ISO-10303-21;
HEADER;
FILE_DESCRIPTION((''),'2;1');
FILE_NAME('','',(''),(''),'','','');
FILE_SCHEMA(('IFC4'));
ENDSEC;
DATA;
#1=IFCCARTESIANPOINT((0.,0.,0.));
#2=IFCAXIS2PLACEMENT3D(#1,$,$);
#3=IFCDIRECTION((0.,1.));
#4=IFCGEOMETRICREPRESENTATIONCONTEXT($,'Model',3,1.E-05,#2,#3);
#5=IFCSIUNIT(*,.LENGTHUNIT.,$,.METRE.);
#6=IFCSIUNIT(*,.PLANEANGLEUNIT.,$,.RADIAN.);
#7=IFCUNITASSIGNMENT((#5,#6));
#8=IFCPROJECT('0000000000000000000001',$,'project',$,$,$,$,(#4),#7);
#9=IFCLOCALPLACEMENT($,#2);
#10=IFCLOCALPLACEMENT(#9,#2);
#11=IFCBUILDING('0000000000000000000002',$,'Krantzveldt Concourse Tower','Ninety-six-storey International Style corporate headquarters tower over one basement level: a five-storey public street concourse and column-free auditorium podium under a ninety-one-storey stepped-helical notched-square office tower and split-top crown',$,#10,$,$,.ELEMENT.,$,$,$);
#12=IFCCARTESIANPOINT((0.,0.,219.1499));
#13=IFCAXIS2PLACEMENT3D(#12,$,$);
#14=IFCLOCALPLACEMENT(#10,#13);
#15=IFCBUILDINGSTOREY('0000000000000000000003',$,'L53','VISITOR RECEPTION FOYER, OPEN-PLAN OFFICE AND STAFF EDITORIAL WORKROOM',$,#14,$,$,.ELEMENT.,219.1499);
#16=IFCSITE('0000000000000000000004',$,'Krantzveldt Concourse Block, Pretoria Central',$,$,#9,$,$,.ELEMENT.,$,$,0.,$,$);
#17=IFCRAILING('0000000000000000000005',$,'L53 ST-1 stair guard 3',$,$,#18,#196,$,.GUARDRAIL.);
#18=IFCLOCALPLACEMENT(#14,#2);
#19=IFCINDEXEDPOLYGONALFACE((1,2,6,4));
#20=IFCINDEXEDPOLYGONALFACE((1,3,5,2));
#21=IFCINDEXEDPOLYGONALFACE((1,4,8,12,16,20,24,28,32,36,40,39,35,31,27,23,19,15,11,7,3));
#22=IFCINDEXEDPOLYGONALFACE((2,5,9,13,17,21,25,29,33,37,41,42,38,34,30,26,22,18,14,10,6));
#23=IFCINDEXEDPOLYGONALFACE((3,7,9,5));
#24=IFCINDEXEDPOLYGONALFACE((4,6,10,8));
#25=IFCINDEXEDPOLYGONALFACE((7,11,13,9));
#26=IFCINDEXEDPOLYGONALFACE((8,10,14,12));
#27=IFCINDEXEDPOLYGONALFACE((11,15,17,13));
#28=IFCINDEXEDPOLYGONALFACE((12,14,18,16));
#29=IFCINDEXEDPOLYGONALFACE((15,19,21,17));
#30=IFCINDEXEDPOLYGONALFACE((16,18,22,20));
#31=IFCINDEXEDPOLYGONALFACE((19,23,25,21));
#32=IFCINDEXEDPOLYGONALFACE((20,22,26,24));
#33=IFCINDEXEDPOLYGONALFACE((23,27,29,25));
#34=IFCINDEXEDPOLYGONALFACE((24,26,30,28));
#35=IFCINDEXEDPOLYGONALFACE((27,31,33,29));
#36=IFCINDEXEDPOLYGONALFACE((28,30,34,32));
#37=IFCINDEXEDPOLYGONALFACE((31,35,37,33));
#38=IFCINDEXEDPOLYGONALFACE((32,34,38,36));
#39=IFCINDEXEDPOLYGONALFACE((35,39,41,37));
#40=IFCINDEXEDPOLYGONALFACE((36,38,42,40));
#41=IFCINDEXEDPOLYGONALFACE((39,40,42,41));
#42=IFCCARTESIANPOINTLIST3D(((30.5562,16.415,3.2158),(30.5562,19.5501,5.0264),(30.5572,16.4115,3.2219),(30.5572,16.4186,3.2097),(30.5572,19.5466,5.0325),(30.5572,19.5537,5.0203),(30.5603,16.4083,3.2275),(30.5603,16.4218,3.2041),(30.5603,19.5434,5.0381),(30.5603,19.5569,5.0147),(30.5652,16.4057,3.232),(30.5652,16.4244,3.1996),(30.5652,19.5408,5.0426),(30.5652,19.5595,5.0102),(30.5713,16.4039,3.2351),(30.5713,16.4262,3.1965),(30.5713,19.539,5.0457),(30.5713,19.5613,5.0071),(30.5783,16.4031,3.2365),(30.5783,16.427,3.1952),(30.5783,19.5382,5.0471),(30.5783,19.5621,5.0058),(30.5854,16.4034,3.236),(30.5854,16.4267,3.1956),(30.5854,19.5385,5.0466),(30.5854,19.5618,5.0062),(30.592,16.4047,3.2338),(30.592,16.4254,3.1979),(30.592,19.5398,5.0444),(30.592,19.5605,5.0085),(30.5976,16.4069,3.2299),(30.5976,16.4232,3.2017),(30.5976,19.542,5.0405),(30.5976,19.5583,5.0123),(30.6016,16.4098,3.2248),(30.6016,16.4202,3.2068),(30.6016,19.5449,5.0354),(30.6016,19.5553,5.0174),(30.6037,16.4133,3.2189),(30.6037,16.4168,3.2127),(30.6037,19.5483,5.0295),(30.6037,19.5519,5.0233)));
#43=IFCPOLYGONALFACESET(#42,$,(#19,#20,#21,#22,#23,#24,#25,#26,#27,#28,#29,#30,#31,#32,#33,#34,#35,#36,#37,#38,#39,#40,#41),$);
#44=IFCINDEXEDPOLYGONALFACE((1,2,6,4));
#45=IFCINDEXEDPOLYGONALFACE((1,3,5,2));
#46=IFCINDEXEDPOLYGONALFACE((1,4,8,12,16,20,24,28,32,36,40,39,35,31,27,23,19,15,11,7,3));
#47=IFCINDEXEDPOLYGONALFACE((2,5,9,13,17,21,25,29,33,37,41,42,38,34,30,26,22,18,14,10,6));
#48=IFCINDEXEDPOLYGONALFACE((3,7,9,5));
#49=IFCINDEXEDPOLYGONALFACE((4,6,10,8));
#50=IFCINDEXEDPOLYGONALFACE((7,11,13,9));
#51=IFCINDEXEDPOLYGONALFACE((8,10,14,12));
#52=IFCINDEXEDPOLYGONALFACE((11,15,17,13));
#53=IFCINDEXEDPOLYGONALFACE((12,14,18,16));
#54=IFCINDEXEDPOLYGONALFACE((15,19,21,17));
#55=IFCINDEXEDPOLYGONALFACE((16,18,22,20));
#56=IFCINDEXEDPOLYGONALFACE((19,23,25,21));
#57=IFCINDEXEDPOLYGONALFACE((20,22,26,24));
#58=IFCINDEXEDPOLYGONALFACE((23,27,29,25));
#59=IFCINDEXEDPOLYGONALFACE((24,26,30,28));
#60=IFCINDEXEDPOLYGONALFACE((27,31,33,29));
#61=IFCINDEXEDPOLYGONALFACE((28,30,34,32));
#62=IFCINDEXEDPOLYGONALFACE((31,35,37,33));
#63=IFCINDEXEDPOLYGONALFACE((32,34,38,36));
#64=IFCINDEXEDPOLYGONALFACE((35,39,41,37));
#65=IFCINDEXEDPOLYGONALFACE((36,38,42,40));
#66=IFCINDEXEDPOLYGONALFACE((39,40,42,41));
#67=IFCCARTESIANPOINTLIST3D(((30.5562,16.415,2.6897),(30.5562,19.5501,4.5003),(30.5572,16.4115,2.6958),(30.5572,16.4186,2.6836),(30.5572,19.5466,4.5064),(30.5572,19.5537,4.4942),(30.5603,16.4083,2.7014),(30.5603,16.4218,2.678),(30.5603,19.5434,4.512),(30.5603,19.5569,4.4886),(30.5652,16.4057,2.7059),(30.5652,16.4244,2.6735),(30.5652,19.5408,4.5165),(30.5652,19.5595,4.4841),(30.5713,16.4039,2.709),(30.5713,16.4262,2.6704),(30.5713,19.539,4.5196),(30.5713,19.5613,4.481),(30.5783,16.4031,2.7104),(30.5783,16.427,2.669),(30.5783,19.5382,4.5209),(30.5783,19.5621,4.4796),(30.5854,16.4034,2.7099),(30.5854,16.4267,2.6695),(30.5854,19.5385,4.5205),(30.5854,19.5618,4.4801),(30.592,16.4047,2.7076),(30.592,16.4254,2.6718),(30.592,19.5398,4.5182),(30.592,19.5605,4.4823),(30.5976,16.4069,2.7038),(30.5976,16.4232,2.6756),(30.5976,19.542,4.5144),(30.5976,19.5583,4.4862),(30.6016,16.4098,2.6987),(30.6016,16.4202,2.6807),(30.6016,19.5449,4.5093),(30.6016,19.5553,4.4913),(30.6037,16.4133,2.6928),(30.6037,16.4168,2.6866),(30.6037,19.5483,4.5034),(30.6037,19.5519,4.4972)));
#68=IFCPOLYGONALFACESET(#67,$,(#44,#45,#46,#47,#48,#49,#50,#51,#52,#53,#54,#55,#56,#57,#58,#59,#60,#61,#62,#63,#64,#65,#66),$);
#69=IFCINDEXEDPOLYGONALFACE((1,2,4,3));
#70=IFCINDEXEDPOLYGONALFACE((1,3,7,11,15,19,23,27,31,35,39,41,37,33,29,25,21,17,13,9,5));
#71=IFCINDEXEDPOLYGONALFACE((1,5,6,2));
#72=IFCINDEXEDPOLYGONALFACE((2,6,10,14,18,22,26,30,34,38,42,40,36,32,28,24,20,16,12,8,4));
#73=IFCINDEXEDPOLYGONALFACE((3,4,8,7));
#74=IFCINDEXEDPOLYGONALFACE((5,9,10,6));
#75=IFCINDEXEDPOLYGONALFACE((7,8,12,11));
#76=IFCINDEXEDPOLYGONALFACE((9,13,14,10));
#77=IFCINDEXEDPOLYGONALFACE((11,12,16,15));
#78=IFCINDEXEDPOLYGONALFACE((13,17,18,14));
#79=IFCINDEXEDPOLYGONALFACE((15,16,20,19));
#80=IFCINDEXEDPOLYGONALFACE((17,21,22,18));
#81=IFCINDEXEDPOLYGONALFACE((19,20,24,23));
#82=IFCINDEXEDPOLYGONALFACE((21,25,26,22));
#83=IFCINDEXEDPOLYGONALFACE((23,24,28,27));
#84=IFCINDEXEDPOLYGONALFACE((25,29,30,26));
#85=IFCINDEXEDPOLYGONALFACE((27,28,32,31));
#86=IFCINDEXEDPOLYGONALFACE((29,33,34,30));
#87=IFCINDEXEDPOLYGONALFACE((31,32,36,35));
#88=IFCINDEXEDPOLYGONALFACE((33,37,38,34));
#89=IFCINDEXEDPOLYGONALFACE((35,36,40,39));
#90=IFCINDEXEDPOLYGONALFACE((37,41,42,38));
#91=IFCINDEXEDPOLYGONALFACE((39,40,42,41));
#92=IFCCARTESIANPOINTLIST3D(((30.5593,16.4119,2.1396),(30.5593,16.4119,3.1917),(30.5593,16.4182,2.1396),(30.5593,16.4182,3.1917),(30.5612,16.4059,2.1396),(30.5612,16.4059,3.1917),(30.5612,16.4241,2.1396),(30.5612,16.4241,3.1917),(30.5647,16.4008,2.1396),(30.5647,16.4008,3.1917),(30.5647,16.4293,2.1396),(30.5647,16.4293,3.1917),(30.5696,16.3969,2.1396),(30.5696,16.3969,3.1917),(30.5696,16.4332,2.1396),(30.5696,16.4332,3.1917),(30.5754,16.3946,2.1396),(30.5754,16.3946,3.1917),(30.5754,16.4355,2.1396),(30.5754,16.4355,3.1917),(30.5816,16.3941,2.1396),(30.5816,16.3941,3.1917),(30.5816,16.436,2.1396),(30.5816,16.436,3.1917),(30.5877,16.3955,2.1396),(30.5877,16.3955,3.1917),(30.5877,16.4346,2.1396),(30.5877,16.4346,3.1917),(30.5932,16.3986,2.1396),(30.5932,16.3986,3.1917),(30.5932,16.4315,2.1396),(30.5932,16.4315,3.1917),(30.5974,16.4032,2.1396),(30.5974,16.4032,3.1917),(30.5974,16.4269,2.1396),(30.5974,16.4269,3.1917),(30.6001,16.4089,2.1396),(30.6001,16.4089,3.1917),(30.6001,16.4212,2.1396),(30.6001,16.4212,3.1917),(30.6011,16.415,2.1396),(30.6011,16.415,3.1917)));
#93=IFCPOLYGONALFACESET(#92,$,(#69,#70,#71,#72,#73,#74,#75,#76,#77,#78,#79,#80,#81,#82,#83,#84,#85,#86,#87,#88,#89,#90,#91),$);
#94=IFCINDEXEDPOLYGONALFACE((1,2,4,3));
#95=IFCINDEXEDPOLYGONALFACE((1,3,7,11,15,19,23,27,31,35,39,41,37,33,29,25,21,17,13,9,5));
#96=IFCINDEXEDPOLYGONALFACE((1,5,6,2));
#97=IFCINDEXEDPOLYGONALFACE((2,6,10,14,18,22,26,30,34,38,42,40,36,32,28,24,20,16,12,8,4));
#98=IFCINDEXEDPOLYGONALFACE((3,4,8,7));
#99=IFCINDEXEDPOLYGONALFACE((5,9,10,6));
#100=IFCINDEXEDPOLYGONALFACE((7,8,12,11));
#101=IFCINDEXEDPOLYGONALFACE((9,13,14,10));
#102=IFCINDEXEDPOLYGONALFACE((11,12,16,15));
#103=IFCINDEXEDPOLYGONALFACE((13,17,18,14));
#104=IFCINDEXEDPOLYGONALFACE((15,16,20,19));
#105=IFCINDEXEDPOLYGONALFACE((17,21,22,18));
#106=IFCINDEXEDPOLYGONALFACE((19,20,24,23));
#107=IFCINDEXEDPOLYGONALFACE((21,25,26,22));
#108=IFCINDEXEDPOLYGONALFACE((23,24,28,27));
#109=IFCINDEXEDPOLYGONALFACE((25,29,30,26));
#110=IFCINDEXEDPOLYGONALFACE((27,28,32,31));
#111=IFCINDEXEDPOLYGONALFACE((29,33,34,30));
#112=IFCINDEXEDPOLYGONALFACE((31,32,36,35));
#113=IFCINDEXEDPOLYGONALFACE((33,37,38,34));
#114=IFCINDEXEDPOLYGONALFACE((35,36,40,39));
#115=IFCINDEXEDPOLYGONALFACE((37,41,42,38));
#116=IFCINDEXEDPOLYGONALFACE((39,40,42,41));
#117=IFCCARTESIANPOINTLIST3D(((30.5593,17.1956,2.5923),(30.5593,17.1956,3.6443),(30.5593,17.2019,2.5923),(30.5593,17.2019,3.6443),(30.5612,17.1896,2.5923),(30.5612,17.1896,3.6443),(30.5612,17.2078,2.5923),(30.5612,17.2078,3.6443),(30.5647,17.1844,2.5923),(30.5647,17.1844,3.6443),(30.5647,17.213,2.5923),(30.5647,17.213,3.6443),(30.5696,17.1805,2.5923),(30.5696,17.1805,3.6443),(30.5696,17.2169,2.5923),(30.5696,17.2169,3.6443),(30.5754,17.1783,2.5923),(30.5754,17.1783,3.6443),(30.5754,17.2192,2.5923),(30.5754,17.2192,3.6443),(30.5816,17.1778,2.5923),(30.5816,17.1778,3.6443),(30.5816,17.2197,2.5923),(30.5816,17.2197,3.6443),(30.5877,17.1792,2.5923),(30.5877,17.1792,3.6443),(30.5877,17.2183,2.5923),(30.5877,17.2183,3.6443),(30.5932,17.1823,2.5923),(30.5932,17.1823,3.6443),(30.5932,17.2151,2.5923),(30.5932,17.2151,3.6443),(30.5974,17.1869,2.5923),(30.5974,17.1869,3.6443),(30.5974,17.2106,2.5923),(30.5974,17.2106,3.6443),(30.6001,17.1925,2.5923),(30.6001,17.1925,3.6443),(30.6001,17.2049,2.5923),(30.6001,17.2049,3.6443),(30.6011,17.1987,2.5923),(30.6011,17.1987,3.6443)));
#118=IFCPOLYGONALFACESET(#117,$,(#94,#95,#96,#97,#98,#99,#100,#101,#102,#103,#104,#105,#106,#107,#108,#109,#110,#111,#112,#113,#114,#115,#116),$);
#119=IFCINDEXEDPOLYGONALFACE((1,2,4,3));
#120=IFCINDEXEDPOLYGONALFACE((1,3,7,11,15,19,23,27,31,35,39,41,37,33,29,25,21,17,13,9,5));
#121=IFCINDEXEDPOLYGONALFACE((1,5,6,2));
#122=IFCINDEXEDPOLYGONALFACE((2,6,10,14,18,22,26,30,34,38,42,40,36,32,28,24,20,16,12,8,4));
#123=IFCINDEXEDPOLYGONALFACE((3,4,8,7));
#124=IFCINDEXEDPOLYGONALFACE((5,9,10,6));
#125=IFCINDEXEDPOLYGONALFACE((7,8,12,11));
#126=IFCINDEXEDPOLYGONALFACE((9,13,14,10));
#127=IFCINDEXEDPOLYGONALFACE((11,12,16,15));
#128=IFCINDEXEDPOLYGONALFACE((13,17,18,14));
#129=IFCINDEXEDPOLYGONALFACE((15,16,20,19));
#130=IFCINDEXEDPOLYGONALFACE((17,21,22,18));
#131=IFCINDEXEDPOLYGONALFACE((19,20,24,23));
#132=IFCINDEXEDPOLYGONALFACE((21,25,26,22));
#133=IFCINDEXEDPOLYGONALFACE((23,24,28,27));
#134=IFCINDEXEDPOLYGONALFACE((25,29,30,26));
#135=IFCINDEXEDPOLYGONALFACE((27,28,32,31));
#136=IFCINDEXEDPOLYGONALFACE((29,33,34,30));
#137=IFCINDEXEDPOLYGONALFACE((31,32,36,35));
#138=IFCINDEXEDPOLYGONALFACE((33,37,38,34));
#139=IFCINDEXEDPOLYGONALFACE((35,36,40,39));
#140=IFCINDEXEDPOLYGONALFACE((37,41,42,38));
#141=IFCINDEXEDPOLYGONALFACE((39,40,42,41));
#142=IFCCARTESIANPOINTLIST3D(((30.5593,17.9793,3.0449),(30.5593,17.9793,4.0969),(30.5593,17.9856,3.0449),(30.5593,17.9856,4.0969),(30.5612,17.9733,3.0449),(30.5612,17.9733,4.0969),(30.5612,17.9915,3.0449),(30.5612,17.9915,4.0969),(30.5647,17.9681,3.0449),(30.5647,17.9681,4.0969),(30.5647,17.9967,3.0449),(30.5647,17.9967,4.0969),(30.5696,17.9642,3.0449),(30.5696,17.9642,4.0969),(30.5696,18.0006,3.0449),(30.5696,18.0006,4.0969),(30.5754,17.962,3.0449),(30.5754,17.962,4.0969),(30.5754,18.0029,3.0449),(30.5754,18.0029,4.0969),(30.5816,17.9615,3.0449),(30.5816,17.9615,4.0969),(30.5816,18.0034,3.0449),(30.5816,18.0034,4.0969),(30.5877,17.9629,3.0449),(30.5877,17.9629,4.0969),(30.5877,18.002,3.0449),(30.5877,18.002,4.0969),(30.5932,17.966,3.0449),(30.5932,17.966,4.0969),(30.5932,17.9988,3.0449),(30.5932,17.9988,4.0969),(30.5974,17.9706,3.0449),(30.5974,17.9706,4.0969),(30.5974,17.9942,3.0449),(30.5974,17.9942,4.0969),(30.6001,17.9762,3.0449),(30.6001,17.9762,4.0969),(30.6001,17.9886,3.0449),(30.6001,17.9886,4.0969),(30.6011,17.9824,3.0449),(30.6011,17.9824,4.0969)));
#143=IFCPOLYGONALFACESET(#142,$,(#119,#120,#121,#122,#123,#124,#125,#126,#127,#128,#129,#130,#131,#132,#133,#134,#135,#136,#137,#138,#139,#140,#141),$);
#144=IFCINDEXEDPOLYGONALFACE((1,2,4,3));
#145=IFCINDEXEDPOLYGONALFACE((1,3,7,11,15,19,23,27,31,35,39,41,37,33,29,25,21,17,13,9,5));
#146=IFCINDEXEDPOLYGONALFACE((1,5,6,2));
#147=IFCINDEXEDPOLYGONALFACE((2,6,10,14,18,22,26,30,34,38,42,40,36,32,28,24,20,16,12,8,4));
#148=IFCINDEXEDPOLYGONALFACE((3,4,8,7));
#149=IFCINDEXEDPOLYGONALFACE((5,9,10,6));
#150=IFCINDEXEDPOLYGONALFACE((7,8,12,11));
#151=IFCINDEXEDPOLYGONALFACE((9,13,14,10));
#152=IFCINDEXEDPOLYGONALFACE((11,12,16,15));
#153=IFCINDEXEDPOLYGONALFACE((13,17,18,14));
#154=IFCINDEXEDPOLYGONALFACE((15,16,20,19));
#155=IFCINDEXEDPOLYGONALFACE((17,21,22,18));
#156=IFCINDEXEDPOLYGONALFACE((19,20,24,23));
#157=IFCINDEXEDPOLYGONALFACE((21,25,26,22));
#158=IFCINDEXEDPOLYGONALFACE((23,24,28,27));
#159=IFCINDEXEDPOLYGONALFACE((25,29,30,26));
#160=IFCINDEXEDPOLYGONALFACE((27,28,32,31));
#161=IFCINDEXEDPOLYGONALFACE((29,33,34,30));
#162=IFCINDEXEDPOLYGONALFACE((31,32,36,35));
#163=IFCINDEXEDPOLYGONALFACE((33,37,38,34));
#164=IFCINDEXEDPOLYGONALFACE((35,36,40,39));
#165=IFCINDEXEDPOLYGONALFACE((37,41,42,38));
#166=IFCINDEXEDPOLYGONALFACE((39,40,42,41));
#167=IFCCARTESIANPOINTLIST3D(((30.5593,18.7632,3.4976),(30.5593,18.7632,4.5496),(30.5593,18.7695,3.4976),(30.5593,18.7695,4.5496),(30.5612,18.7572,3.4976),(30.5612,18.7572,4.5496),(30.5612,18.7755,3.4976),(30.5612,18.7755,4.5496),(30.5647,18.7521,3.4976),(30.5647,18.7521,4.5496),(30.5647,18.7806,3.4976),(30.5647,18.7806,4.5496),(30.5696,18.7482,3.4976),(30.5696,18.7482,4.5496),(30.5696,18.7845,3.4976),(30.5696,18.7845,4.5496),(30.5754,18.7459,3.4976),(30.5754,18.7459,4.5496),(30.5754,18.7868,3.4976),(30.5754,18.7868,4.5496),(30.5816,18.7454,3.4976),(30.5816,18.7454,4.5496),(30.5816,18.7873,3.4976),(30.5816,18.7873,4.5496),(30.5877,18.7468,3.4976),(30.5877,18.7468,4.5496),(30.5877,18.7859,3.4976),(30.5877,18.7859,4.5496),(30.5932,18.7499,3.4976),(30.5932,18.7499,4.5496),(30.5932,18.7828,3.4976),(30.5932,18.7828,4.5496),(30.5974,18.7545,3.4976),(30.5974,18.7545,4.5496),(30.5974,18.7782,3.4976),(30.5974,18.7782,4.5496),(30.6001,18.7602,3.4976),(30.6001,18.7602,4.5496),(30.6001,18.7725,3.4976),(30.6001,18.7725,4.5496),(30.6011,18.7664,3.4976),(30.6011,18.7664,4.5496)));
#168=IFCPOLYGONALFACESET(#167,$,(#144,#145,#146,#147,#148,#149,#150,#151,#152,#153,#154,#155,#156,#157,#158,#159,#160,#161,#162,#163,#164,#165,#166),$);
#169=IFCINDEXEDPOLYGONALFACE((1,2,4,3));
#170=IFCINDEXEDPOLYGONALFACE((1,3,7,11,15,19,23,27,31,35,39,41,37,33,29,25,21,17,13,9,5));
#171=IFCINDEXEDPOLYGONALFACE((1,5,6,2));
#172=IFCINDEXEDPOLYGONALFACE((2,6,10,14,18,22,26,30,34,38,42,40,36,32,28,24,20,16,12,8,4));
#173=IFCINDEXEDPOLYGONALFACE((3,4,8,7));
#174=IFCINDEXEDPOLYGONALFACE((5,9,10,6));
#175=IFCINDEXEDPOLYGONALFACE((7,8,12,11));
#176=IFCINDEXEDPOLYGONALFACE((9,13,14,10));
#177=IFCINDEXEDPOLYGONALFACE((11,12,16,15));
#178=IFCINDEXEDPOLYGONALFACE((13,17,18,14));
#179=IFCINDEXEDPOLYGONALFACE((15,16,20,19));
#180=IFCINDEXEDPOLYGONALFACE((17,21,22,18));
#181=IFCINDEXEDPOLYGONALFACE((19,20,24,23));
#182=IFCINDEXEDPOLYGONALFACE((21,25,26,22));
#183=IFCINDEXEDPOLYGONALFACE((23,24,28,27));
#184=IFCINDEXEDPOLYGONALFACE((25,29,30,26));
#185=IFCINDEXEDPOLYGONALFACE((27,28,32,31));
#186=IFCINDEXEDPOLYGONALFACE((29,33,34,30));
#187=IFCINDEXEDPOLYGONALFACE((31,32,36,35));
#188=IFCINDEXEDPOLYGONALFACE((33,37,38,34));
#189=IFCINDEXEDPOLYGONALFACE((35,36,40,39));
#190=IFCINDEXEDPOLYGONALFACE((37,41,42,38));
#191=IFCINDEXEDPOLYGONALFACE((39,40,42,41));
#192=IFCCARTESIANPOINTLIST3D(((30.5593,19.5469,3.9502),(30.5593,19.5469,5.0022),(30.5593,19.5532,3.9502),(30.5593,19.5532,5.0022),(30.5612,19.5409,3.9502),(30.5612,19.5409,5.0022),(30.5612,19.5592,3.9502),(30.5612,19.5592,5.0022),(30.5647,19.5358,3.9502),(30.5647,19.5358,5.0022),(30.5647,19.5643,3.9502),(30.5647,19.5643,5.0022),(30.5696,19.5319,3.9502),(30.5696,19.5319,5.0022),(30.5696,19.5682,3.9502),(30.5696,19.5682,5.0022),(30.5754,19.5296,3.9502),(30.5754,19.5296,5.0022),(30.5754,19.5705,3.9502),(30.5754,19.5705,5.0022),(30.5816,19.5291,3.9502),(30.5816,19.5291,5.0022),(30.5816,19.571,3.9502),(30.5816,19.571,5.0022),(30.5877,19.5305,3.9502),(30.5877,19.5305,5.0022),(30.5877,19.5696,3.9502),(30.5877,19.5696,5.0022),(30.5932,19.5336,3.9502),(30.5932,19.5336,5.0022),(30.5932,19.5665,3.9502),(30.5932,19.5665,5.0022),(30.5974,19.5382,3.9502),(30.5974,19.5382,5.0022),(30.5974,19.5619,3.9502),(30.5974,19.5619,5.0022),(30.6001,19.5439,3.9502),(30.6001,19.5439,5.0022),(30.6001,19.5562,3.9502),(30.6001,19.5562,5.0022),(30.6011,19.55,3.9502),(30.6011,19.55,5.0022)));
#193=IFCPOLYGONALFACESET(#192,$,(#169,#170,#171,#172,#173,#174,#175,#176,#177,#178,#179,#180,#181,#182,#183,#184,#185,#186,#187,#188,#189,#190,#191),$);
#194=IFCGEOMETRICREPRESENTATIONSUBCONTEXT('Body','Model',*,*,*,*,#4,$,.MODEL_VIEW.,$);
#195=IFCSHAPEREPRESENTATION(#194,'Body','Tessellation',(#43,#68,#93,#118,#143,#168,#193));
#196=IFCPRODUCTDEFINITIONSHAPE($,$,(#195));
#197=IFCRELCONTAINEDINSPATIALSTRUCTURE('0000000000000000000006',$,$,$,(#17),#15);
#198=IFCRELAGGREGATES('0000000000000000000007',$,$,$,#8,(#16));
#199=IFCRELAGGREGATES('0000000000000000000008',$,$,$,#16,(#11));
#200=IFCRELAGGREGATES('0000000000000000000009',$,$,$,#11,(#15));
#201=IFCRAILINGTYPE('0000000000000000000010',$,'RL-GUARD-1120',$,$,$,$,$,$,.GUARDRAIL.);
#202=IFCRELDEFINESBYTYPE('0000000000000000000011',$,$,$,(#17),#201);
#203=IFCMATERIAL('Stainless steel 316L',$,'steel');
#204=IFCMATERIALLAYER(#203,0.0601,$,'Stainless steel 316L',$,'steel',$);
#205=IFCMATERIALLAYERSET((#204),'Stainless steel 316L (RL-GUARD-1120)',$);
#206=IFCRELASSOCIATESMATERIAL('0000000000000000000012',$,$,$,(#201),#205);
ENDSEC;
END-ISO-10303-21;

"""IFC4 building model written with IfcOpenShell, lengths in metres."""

from ifc_helpers import new_model, si_unit, direction, frame, origin, origin_2d, place, context, subcontext, project, spatial, circle, extrude, material, layer, layer_set, type_object, element, save


model = new_model("IFC4")

# Units and contexts
model_context = context("Model", 3, precision=1e-05, world=origin(), true_north=direction((0.0, 1.0)))
body_context = subcontext(model_context, "Body", "Model", "MODEL_VIEW")
ifc_project = project(units=[si_unit("LENGTHUNIT", "METRE"), si_unit("PLANEANGLEUNIT", "RADIAN")], contexts=[model_context])

# Site, building, storey
site_placement = place(None, origin())
site = spatial("IfcSite", under=ifc_project, at=site_placement, Name="Krantzveldt Concourse Block, Pretoria Central", CompositionType="ELEMENT", RefElevation=0.0)
building_placement = place(site_placement, origin())
building = spatial("IfcBuilding", under=site, at=building_placement, Name="Krantzveldt Concourse Tower", Description="Ninety-six-storey International Style corporate headquarters tower over one basement level: a five-storey public street concourse and column-free auditorium podium under a ninety-one-storey stepped-helical notched-square office tower and split-top crown", CompositionType="ELEMENT")
storey_placement = place(building_placement, frame((0.0, 0.0, 219.1499)))
storey = spatial("IfcBuildingStorey", under=building, at=storey_placement, Name="L53", Description="VISITOR RECEPTION FOYER, OPEN-PLAN OFFICE AND STAFF EDITORIAL WORKROOM", CompositionType="ELEMENT", Elevation=219.1499)

# Railing
ifc_material_1 = material(Name="Stainless steel 316L", Category="steel")
ifc_layer_1 = layer(ifc_material_1, 0.0601, Name="Stainless steel 316L", Category="steel")
ifc_layer_set_1 = layer_set([ifc_layer_1], Name="Stainless steel 316L (RL-GUARD-1120)")
railing_type_1 = type_object("IfcRailingType", Name="RL-GUARD-1120", PredefinedType="GUARDRAIL", material=ifc_layer_set_1)
railing_1_placement = place(storey_placement, frame((30.5801, 16.415, 2.1396)))
element("IfcRailing", 1, at=railing_1_placement, inside=storey, type_object=railing_type_1, Name="L53 ST-1 stair guard 3", PredefinedType="GUARDRAIL", context=body_context, shape_type="SweptSolid", body=[
    extrude(circle(Radius=0.0239, at=origin_2d()), frame((0.0, 0.0, 1.0762), z_axis=(0.0, 0.86596, 0.500114), x_axis=(-1.0, 0.0, 0.0)), (0.0, 0.0, 1.0), 3.6204),
    extrude(circle(Radius=0.0239, at=origin_2d()), frame((0.0, 0.0, 0.55), z_axis=(0.0, 0.86596, 0.500114), x_axis=(-1.0, 0.0, 0.0)), (0.0, 0.0, 1.0), 3.6204),
    extrude(circle(Radius=0.021, at=origin_2d()), origin(), (0.0, 0.0, 1.0), 1.052),
    extrude(circle(Radius=0.021, at=origin_2d()), frame((0.0, 0.7837, 0.4526)), (0.0, 0.0, 1.0), 1.052),
    extrude(circle(Radius=0.021, at=origin_2d()), frame((0.0, 1.5674, 0.9053)), (0.0, 0.0, 1.0), 1.052),
    extrude(circle(Radius=0.021, at=origin_2d()), frame((0.0, 2.3513, 1.3579)), (0.0, 0.0, 1.0), 1.052),
    extrude(circle(Radius=0.021, at=origin_2d()), frame((0.0, 3.135, 1.8105)), (0.0, 0.0, 1.0), 1.052),
])

save(model, "model.ifc")
